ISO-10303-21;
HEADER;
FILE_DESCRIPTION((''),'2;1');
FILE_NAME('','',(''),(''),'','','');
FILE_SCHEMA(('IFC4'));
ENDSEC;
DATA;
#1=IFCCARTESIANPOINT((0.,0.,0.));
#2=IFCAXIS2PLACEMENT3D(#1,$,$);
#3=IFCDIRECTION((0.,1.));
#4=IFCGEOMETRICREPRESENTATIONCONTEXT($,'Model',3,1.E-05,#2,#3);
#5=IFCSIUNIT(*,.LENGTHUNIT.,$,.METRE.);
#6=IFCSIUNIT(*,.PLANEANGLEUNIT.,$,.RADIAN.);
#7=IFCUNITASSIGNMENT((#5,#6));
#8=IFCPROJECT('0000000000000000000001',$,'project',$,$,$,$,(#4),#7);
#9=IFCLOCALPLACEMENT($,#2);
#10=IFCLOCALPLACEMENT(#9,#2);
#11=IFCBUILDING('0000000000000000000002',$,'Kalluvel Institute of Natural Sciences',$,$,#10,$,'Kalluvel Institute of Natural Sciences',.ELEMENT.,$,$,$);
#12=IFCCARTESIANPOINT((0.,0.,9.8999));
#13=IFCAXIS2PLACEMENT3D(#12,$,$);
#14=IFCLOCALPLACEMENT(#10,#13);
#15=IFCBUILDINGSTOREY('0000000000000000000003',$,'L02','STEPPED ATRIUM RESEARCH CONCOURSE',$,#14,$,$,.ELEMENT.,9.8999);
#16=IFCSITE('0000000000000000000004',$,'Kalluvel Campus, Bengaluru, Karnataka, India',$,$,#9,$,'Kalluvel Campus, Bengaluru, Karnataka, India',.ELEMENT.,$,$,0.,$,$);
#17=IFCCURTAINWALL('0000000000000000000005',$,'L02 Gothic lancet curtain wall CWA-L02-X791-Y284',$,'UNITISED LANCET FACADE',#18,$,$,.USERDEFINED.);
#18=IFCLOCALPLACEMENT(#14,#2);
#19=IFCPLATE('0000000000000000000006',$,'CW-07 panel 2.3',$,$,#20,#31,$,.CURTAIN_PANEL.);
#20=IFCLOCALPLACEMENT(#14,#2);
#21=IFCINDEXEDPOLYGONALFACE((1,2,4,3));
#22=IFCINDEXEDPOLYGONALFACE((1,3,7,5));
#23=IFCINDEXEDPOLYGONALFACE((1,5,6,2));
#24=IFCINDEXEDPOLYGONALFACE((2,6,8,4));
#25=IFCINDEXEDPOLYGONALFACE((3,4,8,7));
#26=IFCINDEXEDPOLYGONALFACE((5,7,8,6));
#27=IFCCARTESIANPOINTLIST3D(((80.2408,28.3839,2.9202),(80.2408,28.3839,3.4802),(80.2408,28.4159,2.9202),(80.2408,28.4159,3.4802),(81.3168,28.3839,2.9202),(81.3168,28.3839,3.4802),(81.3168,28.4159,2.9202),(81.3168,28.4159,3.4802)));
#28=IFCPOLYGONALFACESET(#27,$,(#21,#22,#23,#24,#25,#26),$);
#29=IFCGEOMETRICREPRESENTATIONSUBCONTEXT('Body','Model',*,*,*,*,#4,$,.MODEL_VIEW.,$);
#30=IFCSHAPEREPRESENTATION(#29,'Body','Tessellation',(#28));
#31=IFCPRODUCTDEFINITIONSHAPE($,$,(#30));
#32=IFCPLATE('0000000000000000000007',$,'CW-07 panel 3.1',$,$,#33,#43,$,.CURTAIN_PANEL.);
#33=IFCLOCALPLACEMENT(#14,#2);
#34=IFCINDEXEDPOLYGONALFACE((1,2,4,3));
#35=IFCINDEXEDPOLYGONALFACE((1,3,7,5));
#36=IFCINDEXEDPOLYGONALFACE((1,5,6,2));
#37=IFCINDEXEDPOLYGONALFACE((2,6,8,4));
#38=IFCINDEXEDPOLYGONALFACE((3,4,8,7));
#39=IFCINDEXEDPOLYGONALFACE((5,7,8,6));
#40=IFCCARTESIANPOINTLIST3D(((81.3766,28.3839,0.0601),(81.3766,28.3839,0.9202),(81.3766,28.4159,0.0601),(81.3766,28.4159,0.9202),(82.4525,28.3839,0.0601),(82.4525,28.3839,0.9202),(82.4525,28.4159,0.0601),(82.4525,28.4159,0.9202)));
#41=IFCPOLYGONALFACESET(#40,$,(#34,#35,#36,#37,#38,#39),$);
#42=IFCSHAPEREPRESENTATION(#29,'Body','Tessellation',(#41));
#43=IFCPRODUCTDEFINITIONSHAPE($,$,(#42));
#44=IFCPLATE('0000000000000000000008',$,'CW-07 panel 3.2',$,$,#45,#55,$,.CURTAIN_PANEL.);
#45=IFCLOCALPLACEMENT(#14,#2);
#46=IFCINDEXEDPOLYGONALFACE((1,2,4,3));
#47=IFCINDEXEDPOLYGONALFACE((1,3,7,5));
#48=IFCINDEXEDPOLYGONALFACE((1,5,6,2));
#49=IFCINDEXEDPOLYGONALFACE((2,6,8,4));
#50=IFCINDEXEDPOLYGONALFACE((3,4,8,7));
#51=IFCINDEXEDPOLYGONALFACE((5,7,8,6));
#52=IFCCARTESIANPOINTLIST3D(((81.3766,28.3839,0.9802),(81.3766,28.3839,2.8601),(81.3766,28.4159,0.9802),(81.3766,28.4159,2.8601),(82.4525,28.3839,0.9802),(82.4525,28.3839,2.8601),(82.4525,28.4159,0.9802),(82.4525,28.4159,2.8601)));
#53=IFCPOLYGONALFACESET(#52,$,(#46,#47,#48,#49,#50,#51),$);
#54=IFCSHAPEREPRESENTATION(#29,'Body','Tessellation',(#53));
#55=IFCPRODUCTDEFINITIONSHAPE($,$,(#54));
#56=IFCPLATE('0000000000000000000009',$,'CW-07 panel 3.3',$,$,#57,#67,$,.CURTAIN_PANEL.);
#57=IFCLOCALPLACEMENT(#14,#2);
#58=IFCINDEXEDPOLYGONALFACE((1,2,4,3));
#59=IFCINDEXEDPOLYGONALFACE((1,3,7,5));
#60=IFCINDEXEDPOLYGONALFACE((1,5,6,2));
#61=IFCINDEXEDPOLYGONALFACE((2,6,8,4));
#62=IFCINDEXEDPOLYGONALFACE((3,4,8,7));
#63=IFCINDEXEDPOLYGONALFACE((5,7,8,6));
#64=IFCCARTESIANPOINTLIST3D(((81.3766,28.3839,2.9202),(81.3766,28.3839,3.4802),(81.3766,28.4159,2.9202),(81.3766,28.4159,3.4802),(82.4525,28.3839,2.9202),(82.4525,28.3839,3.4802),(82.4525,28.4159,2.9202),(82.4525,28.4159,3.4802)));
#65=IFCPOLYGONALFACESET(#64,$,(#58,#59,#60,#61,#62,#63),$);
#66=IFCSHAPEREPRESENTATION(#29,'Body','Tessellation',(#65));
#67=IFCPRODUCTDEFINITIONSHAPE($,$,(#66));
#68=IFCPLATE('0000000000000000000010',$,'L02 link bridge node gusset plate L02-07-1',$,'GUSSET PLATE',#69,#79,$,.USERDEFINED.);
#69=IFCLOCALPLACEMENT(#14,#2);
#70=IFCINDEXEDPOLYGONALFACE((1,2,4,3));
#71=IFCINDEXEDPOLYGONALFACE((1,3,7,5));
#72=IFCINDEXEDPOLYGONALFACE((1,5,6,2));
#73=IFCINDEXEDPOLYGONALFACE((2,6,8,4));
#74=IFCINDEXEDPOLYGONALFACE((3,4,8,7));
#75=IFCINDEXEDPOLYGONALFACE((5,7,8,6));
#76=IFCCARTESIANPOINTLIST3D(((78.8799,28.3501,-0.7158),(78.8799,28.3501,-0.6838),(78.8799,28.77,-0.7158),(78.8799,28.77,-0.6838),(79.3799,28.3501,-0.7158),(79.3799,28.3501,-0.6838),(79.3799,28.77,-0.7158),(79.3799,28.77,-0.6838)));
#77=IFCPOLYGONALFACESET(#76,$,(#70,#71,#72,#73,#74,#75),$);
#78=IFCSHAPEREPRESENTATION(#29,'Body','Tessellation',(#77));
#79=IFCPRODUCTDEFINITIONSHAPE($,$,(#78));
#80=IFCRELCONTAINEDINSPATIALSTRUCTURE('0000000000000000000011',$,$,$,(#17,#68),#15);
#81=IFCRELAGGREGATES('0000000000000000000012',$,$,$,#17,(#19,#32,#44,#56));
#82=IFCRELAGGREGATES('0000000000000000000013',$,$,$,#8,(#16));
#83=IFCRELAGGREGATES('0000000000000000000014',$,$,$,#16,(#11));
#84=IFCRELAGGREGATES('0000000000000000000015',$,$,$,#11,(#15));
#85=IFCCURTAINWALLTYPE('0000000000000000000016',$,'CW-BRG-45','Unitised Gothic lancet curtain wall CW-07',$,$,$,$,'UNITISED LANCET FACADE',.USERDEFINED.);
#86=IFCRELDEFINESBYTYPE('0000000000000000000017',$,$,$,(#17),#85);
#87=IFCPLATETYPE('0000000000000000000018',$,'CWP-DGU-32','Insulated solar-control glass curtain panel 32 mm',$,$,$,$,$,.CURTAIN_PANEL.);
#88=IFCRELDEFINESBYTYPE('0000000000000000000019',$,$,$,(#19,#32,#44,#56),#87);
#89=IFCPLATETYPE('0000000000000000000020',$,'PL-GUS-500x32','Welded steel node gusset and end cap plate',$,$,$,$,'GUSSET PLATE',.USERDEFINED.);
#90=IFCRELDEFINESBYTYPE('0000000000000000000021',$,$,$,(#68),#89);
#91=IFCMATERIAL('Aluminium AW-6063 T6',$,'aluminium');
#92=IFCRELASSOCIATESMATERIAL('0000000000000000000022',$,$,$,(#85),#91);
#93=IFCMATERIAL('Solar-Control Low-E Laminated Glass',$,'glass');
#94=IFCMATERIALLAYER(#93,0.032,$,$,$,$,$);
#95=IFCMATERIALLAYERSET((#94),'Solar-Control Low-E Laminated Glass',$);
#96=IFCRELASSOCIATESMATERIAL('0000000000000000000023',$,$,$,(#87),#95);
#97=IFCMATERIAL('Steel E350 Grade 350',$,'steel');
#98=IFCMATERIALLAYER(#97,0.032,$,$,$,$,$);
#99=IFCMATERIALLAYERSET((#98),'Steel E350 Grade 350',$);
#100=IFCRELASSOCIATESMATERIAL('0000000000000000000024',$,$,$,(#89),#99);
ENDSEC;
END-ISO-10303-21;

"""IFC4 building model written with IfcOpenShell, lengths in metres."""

from ifc_helpers import new_model, si_unit, direction, frame, origin, origin_2d, place, context, subcontext, project, spatial, rectangle, extrude, material, layer, layer_set, type_object, element, aggregate, save


model = new_model("IFC4")

# Units and contexts
model_context = context("Model", 3, precision=1e-05, world=origin(), true_north=direction((0.0, 1.0)))
body_context = subcontext(model_context, "Body", "Model", "MODEL_VIEW")
ifc_project = project(units=[si_unit("LENGTHUNIT", "METRE"), si_unit("PLANEANGLEUNIT", "RADIAN")], contexts=[model_context])

# Site, building, storey
site_placement = place(None, origin())
site = spatial("IfcSite", under=ifc_project, at=site_placement, Name="Kalluvel Campus, Bengaluru, Karnataka, India", LongName="Kalluvel Campus, Bengaluru, Karnataka, India", CompositionType="ELEMENT", RefElevation=0.0)
building_placement = place(site_placement, origin())
building = spatial("IfcBuilding", under=site, at=building_placement, Name="Kalluvel Institute of Natural Sciences", LongName="Kalluvel Institute of Natural Sciences", CompositionType="ELEMENT")
storey_placement = place(building_placement, frame((0.0, 0.0, 9.8999)))
storey = spatial("IfcBuildingStorey", under=building, at=storey_placement, Name="L02", Description="STEPPED ATRIUM RESEARCH CONCOURSE", CompositionType="ELEMENT", Elevation=9.8999)

# Curtain wall
ifc_material_1 = material(Name="Aluminium AW-6063 T6", Category="aluminium")
curtain_wall_type = type_object("IfcCurtainWallType", Name="CW-BRG-45", Description="Unitised Gothic lancet curtain wall CW-07", ElementType="UNITISED LANCET FACADE", PredefinedType="USERDEFINED", material=ifc_material_1)
curtain_wall_placement = place(storey_placement, origin())
curtain_wall = element("IfcCurtainWall", 1, at=curtain_wall_placement, inside=storey, type_object=curtain_wall_type, Name="L02 Gothic lancet curtain wall CWA-L02-X791-Y284", ObjectType="UNITISED LANCET FACADE", PredefinedType="USERDEFINED")

# Shared definitions
ifc_material_2 = material(Name="Steel E350 Grade 350", Category="steel")

# Plates
ifc_material_3 = material(Name="Solar-Control Low-E Laminated Glass", Category="glass")
ifc_layer_1 = layer(ifc_material_3, 0.032)
ifc_layer_set_1 = layer_set([ifc_layer_1], Name="Solar-Control Low-E Laminated Glass")
plate_type_1 = type_object("IfcPlateType", Name="CWP-DGU-32", Description="Insulated solar-control glass curtain panel 32 mm", PredefinedType="CURTAIN_PANEL", material=ifc_layer_set_1)
plate_1_placement = place(storey_placement, frame((80.7788, 28.3999, 2.9202), z_axis=(0.0, 0.0, 1.0), x_axis=(1.0, 0.0, 0.0)))
plate_1 = element("IfcPlate", 2, at=plate_1_placement, type_object=plate_type_1, Name="CW-07 panel 2.3", PredefinedType="CURTAIN_PANEL", context=body_context, shape_type="SweptSolid", body=[
    extrude(rectangle(XDim=1.0759, YDim=0.032, at=origin_2d()), origin(), (0.0, 0.0, 1.0), 0.5601),
])
plate_2_placement = place(storey_placement, frame((81.9146, 28.3999, 0.0601), z_axis=(0.0, 0.0, 1.0), x_axis=(1.0, 0.0, 0.0)))
plate_2 = element("IfcPlate", 3, at=plate_2_placement, type_object=plate_type_1, Name="CW-07 panel 3.1", PredefinedType="CURTAIN_PANEL", context=body_context, shape_type="SweptSolid", body=[
    extrude(rectangle(XDim=1.0759, YDim=0.032, at=origin_2d()), origin(), (0.0, 0.0, 1.0), 0.8601),
])
plate_3_placement = place(storey_placement, frame((81.9146, 28.3999, 0.9802), z_axis=(0.0, 0.0, 1.0), x_axis=(1.0, 0.0, 0.0)))
plate_3 = element("IfcPlate", 4, at=plate_3_placement, type_object=plate_type_1, Name="CW-07 panel 3.2", PredefinedType="CURTAIN_PANEL", context=body_context, shape_type="SweptSolid", body=[
    extrude(rectangle(XDim=1.0759, YDim=0.032, at=origin_2d()), origin(), (0.0, 0.0, 1.0), 1.8799),
])
plate_4_placement = place(storey_placement, frame((81.9146, 28.3999, 2.9202), z_axis=(0.0, 0.0, 1.0), x_axis=(1.0, 0.0, 0.0)))
plate_4 = element("IfcPlate", 5, at=plate_4_placement, type_object=plate_type_1, Name="CW-07 panel 3.3", PredefinedType="CURTAIN_PANEL", context=body_context, shape_type="SweptSolid", body=[
    extrude(rectangle(XDim=1.0759, YDim=0.032, at=origin_2d()), origin(), (0.0, 0.0, 1.0), 0.5601),
])
aggregate(curtain_wall, [plate_1, plate_2, plate_3, plate_4])
ifc_layer_2 = layer(ifc_material_2, 0.032)
ifc_layer_set_2 = layer_set([ifc_layer_2], Name="Steel E350 Grade 350")
plate_type_2 = type_object("IfcPlateType", Name="PL-GUS-500x32", Description="Welded steel node gusset and end cap plate", ElementType="GUSSET PLATE", PredefinedType="USERDEFINED", material=ifc_layer_set_2)
plate_5_placement = place(storey_placement, frame((79.1299, 28.5601, -0.7158), z_axis=(0.0, 0.0, 1.0), x_axis=(1.0, 0.0, 0.0)))
element("IfcPlate", 6, at=plate_5_placement, inside=storey, type_object=plate_type_2, Name="L02 link bridge node gusset plate L02-07-1", ObjectType="GUSSET PLATE", PredefinedType="USERDEFINED", context=body_context, shape_type="SweptSolid", body=[
    extrude(rectangle(XDim=0.5, YDim=0.4199, at=origin_2d()), origin(), (0.0, 0.0, 1.0), 0.032),
])

save(model, "model.ifc")
